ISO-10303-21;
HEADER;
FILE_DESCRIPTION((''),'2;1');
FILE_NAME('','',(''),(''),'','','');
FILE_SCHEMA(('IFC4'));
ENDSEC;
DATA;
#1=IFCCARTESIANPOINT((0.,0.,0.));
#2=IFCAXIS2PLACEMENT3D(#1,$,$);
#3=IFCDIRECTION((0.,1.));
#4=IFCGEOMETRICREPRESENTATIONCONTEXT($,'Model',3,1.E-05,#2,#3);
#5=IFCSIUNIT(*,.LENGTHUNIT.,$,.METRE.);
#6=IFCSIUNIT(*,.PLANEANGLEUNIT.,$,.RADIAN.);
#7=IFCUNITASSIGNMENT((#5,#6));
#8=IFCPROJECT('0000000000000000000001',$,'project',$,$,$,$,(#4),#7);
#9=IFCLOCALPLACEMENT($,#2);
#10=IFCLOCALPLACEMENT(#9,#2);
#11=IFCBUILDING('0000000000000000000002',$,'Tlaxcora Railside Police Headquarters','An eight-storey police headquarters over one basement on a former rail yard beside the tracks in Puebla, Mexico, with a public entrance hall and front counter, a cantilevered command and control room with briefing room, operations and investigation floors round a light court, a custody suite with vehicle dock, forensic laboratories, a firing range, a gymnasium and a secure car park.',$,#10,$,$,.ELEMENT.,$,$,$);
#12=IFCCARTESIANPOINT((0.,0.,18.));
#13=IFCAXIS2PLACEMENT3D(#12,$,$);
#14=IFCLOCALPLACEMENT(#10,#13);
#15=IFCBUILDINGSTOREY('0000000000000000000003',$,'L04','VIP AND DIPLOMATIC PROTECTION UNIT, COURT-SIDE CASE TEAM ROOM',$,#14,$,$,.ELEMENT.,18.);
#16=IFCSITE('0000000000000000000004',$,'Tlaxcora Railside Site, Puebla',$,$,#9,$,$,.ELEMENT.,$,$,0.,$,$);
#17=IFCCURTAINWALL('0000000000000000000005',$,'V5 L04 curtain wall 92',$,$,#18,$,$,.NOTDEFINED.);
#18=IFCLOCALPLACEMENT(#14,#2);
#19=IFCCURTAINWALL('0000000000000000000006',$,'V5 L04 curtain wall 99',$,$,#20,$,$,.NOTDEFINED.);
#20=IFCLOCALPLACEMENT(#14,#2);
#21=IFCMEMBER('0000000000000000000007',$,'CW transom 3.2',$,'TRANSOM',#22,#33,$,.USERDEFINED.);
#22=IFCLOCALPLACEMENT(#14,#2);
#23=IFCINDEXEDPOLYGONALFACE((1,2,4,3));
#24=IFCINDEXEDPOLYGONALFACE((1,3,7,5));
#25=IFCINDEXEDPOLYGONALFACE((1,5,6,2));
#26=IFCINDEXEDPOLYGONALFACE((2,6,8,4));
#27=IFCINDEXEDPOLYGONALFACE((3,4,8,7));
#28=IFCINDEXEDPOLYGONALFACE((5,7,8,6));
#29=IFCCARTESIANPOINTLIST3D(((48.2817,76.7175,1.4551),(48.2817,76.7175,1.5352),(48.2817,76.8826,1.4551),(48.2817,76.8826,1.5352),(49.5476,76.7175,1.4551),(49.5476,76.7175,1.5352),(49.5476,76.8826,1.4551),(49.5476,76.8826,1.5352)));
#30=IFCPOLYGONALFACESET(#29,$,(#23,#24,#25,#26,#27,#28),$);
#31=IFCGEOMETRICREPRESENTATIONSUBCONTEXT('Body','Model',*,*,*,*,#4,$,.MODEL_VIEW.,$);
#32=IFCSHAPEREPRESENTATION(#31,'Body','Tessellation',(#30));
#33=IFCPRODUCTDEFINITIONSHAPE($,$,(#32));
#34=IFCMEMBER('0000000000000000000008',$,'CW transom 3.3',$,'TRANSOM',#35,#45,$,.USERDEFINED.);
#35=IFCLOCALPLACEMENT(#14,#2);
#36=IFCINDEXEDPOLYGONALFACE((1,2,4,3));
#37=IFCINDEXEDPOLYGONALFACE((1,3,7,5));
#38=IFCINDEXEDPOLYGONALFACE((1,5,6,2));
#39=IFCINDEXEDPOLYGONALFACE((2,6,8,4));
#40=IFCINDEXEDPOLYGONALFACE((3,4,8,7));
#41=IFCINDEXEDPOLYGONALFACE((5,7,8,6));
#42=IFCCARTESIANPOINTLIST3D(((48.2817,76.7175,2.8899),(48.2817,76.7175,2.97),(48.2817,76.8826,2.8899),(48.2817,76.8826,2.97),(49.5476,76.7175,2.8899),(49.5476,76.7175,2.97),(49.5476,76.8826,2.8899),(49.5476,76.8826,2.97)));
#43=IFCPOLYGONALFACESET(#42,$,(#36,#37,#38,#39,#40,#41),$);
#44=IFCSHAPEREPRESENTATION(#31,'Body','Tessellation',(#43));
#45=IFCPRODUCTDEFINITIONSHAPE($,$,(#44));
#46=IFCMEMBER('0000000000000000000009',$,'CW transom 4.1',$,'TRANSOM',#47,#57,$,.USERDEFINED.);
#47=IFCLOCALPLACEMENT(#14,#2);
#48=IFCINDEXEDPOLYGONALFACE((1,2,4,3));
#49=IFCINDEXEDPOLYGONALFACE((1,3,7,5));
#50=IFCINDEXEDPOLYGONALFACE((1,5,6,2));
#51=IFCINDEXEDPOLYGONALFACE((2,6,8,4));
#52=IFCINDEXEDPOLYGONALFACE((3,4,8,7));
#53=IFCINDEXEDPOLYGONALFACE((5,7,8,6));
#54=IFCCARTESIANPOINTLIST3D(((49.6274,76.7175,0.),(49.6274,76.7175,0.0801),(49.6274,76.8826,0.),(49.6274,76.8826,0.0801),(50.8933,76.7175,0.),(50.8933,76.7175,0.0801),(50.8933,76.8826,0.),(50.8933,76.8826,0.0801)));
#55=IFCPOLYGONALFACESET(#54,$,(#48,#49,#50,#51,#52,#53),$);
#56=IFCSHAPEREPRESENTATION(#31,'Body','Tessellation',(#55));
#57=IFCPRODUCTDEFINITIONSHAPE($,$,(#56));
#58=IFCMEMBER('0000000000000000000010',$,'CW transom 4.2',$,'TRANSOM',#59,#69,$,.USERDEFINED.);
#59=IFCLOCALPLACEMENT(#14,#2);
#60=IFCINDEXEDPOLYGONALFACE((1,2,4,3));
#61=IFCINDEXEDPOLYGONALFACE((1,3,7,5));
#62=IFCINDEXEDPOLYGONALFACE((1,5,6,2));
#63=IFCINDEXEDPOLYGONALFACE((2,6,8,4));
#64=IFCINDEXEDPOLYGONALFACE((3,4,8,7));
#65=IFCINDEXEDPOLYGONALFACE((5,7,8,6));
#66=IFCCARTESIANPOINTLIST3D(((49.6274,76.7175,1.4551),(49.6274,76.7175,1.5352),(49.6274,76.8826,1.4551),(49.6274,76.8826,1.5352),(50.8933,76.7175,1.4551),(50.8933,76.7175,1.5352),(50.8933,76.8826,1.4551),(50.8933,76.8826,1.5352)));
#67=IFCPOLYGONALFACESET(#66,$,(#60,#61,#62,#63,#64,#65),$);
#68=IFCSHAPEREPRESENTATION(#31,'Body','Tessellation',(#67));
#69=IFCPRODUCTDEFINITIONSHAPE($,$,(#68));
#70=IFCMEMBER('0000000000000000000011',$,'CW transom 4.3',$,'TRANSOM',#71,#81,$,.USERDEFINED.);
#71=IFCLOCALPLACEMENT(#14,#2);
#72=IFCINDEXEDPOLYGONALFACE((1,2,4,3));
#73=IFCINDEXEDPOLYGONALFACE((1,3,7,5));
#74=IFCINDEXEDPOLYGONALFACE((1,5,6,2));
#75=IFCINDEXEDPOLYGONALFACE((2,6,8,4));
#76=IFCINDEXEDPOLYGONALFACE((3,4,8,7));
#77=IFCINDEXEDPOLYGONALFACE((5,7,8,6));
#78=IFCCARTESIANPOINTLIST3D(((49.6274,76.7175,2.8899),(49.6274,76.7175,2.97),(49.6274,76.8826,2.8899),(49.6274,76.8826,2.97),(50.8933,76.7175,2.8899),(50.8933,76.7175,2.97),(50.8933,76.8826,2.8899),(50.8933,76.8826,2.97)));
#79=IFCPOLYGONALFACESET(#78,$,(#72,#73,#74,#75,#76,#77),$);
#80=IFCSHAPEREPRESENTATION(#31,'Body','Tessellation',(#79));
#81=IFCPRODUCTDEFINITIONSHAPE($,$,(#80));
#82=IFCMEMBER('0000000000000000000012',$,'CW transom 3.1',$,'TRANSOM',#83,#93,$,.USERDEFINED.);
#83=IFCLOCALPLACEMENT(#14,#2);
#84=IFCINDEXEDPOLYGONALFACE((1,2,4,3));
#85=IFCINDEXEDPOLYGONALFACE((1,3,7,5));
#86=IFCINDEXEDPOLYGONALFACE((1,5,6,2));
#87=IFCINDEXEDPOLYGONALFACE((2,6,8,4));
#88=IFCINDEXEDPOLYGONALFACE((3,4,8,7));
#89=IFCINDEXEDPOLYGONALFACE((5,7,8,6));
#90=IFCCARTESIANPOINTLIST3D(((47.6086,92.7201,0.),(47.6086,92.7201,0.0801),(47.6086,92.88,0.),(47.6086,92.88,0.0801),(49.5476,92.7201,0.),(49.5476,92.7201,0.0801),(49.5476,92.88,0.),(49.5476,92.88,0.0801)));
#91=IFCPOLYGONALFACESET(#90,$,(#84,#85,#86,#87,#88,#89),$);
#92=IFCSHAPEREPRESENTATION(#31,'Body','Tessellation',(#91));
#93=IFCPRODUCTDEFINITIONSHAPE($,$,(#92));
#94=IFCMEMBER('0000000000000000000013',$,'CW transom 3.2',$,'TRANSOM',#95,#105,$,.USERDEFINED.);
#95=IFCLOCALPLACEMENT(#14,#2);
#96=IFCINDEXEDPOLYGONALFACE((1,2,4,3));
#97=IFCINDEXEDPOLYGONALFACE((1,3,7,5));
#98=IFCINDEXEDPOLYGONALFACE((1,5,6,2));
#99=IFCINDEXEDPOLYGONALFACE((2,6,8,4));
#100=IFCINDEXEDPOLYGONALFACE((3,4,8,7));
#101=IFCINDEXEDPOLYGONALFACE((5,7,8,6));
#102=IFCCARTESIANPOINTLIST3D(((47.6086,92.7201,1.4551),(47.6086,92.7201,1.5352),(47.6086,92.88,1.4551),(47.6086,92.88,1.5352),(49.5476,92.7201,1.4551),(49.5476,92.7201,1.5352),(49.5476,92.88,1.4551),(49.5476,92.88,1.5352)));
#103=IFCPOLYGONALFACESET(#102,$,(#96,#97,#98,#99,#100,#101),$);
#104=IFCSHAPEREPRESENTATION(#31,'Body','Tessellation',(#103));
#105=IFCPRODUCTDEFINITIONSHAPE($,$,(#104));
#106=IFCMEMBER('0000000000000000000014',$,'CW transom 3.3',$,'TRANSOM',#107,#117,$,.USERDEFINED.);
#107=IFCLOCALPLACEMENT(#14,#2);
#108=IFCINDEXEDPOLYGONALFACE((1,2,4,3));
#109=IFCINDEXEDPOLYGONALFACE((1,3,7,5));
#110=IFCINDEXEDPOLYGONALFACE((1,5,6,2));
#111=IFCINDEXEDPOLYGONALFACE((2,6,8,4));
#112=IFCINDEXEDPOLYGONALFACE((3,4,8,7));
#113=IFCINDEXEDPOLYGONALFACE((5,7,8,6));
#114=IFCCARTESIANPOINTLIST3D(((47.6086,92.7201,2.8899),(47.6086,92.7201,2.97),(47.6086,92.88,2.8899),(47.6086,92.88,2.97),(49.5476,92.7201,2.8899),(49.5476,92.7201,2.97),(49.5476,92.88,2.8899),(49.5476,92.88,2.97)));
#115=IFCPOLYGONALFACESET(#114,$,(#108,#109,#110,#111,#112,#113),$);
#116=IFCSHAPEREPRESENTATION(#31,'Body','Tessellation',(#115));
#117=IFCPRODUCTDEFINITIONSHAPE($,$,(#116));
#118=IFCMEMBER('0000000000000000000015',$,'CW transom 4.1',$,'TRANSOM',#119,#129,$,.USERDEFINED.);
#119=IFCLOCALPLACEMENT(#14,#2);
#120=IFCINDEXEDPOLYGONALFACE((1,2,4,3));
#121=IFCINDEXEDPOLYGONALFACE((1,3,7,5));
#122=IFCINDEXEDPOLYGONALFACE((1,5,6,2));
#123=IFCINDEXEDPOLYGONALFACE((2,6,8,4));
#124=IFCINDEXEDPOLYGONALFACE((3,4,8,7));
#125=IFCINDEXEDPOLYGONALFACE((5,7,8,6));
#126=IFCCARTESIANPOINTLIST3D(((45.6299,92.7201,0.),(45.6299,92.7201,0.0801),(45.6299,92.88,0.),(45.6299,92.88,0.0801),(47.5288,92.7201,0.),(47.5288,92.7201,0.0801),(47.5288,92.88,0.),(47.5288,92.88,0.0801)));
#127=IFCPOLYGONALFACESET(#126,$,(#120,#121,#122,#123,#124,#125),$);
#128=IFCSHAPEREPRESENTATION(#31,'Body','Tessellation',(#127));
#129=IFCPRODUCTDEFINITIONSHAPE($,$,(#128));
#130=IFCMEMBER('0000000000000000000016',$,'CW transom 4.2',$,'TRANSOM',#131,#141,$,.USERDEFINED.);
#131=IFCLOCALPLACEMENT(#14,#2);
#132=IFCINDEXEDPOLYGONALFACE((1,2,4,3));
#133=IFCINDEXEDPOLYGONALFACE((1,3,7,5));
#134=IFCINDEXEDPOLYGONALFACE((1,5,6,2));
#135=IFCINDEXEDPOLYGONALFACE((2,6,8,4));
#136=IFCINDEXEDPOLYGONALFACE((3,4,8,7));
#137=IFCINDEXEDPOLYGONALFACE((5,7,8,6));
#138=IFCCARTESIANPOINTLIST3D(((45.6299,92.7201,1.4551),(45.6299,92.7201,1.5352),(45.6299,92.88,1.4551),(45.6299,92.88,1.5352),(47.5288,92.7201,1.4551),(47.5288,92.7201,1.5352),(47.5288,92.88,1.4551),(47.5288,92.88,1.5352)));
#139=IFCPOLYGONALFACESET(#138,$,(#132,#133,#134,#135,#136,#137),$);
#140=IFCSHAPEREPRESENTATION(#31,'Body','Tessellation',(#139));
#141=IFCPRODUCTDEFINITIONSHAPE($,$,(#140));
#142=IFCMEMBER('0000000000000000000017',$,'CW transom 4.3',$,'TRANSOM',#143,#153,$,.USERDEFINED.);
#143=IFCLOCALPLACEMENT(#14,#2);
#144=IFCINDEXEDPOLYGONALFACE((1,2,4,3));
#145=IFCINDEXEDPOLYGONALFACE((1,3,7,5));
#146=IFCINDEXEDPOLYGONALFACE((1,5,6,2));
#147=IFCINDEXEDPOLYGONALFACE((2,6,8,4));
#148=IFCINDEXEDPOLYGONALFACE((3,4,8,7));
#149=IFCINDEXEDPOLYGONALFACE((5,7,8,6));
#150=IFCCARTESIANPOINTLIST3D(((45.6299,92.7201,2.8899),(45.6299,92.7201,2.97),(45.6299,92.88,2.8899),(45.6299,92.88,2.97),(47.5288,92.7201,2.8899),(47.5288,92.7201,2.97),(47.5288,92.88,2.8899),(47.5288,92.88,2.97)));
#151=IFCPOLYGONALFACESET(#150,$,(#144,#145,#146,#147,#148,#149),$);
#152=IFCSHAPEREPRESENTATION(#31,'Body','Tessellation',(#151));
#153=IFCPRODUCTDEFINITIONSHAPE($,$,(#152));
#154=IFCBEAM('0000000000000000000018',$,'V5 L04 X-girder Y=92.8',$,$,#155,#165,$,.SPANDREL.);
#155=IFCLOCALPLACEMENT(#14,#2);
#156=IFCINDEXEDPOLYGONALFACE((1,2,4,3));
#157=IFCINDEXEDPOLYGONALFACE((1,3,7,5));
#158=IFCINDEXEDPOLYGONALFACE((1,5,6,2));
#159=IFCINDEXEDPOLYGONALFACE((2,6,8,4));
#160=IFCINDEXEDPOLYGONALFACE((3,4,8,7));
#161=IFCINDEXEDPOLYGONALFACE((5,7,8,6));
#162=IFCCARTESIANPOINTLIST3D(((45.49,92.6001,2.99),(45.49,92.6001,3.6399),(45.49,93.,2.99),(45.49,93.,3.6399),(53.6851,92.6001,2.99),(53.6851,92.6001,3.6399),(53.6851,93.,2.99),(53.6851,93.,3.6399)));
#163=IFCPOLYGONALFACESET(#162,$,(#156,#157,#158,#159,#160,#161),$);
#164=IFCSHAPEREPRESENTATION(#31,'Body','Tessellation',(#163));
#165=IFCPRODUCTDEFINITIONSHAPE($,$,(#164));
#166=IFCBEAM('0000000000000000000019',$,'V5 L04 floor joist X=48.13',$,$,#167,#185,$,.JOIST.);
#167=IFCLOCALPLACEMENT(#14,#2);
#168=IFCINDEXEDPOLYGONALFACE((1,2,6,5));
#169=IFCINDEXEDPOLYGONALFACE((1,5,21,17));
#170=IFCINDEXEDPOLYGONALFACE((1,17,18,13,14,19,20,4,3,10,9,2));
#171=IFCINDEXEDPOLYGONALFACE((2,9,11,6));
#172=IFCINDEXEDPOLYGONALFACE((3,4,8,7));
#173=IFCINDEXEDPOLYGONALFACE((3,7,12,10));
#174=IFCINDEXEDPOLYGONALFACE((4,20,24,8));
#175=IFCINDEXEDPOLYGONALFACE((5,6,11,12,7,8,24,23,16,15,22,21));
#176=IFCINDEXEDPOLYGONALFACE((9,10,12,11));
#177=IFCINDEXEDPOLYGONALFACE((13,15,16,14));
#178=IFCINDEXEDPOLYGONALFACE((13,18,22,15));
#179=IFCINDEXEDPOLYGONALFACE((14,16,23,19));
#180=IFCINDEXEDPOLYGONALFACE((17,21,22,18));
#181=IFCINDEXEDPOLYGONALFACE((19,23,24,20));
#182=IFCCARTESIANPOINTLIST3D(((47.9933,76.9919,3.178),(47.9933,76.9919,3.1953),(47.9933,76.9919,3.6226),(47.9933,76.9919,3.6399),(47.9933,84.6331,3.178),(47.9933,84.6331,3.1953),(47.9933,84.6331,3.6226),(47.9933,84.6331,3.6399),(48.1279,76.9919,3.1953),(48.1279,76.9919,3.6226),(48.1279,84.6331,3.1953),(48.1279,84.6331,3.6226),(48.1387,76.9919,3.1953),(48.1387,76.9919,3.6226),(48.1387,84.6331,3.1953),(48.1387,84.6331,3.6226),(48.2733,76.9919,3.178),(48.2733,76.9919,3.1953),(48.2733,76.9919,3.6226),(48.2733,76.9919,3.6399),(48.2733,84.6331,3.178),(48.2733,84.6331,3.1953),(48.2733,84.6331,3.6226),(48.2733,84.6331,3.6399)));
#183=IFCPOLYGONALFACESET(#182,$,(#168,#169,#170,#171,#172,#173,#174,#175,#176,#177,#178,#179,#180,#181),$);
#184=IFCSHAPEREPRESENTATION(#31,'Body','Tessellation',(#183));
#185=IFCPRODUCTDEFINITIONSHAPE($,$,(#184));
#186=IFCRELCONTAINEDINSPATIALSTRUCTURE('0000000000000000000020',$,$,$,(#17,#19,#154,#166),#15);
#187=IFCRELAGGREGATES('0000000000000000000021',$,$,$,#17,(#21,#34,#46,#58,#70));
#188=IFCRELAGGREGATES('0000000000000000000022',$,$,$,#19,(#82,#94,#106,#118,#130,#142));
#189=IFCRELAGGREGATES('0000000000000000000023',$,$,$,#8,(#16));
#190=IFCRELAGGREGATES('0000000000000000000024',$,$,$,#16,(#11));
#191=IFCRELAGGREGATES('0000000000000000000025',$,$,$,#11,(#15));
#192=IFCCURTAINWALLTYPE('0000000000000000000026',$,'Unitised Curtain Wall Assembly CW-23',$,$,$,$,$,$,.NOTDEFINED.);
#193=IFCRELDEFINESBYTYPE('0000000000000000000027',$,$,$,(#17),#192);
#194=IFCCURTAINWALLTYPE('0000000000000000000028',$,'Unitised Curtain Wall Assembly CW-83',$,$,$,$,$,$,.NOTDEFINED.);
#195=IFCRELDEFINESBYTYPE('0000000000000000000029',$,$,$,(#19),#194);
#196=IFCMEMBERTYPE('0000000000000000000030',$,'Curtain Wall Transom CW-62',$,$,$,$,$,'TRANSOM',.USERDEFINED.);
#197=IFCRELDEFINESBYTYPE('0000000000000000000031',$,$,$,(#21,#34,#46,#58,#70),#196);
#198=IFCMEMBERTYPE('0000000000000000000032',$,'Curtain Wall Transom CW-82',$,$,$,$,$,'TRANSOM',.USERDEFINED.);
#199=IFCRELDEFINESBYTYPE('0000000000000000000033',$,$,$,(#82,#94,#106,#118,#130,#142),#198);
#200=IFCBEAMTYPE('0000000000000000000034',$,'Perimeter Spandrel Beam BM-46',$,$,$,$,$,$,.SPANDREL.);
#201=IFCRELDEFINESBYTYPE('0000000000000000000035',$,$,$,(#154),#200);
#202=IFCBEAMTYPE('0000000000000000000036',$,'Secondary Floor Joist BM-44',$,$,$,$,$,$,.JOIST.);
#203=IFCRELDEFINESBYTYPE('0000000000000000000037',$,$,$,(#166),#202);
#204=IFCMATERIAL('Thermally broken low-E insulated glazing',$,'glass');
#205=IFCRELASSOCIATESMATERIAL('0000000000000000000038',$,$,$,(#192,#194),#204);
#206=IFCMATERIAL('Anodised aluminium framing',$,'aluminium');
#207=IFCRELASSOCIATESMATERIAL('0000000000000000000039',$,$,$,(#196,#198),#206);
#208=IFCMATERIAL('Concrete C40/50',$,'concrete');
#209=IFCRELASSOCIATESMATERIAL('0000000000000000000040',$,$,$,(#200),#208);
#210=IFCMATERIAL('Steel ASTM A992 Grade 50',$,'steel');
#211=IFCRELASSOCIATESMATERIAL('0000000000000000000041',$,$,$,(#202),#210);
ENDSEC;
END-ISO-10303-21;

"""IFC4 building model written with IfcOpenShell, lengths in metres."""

from ifc_helpers import new_model, si_unit, direction, frame, origin, origin_2d, place, context, subcontext, project, spatial, rectangle, i_section, extrude, material, material_profile, profile_set, type_object, element, aggregate, save


model = new_model("IFC4")

# Units and contexts
model_context = context("Model", 3, precision=1e-05, world=origin(), true_north=direction((0.0, 1.0)))
body_context = subcontext(model_context, "Body", "Model", "MODEL_VIEW")
ifc_project = project(units=[si_unit("LENGTHUNIT", "METRE"), si_unit("PLANEANGLEUNIT", "RADIAN")], contexts=[model_context])

# Site, building, storey
site_placement = place(None, origin())
site = spatial("IfcSite", under=ifc_project, at=site_placement, Name="Tlaxcora Railside Site, Puebla", CompositionType="ELEMENT", RefElevation=0.0)
building_placement = place(site_placement, origin())
building = spatial("IfcBuilding", under=site, at=building_placement, Name="Tlaxcora Railside Police Headquarters", Description="An eight-storey police headquarters over one basement on a former rail yard beside the tracks in Puebla, Mexico, with a public entrance hall and front counter, a cantilevered command and control room with briefing room, operations and investigation floors round a light court, a custody suite with vehicle dock, forensic laboratories, a firing range, a gymnasium and a secure car park.", CompositionType="ELEMENT")
storey_placement = place(building_placement, frame((0.0, 0.0, 18.0)))
storey = spatial("IfcBuildingStorey", under=building, at=storey_placement, Name="L04", Description="VIP AND DIPLOMATIC PROTECTION UNIT, COURT-SIDE CASE TEAM ROOM", CompositionType="ELEMENT", Elevation=18.0)

# Curtain walls
ifc_material_1 = material(Name="Thermally broken low-E insulated glazing", Category="glass")
curtain_wall_type_1 = type_object("IfcCurtainWallType", Name="Unitised Curtain Wall Assembly CW-23", PredefinedType="NOTDEFINED", material=ifc_material_1)
curtain_wall_1_placement = place(storey_placement, origin())
curtain_wall_1 = element("IfcCurtainWall", 1, at=curtain_wall_1_placement, inside=storey, type_object=curtain_wall_type_1, Name="V5 L04 curtain wall 92", PredefinedType="NOTDEFINED")
ifc_material_2 = material(Name="Anodised aluminium framing", Category="aluminium")
curtain_wall_type_2 = type_object("IfcCurtainWallType", Name="Unitised Curtain Wall Assembly CW-83", PredefinedType="NOTDEFINED", material=ifc_material_1)
curtain_wall_2_placement = place(storey_placement, origin())
curtain_wall_2 = element("IfcCurtainWall", 2, at=curtain_wall_2_placement, inside=storey, type_object=curtain_wall_type_2, Name="V5 L04 curtain wall 99", PredefinedType="NOTDEFINED")

# Members
ifc_material_profile_1 = material_profile(ifc_material_2, rectangle(XDim=0.165, YDim=0.0801, at=origin_2d()), Name="AL80X165")
ifc_profile_set_1 = profile_set([ifc_material_profile_1], Name="Anodised aluminium framing")
member_type_1 = type_object("IfcMemberType", Name="Curtain Wall Transom CW-62", ElementType="TRANSOM", PredefinedType="USERDEFINED", material=ifc_profile_set_1)
member_1_placement = place(storey_placement, frame((48.2817, 76.8, 1.4951), z_axis=(1.0, 0.0, 0.0), x_axis=(0.0, 1.0, 0.0)))
member_1 = element("IfcMember", 3, at=member_1_placement, type_object=member_type_1, Name="CW transom 3.2", ObjectType="TRANSOM", PredefinedType="USERDEFINED", context=body_context, shape_type="SweptSolid", body=[
    extrude(rectangle(XDim=0.165, YDim=0.0801, at=origin_2d()), origin(), (0.0, 0.0, 1.0), 1.2659),
])
member_2_placement = place(storey_placement, frame((48.2817, 76.8, 2.9299), z_axis=(1.0, 0.0, 0.0), x_axis=(0.0, 1.0, 0.0)))
member_2 = element("IfcMember", 4, at=member_2_placement, type_object=member_type_1, Name="CW transom 3.3", ObjectType="TRANSOM", PredefinedType="USERDEFINED", context=body_context, shape_type="SweptSolid", body=[
    extrude(rectangle(XDim=0.165, YDim=0.0801, at=origin_2d()), origin(), (0.0, 0.0, 1.0), 1.2659),
])
member_3_placement = place(storey_placement, frame((49.6274, 76.8, 0.04), z_axis=(1.0, 0.0, 0.0), x_axis=(0.0, 1.0, 0.0)))
member_3 = element("IfcMember", 5, at=member_3_placement, type_object=member_type_1, Name="CW transom 4.1", ObjectType="TRANSOM", PredefinedType="USERDEFINED", context=body_context, shape_type="SweptSolid", body=[
    extrude(rectangle(XDim=0.165, YDim=0.0801, at=origin_2d()), origin(), (0.0, 0.0, 1.0), 1.2659),
])
member_4_placement = place(storey_placement, frame((49.6274, 76.8, 1.4951), z_axis=(1.0, 0.0, 0.0), x_axis=(0.0, 1.0, 0.0)))
member_4 = element("IfcMember", 6, at=member_4_placement, type_object=member_type_1, Name="CW transom 4.2", ObjectType="TRANSOM", PredefinedType="USERDEFINED", context=body_context, shape_type="SweptSolid", body=[
    extrude(rectangle(XDim=0.165, YDim=0.0801, at=origin_2d()), origin(), (0.0, 0.0, 1.0), 1.2659),
])
member_5_placement = place(storey_placement, frame((49.6274, 76.8, 2.9299), z_axis=(1.0, 0.0, 0.0), x_axis=(0.0, 1.0, 0.0)))
member_5 = element("IfcMember", 7, at=member_5_placement, type_object=member_type_1, Name="CW transom 4.3", ObjectType="TRANSOM", PredefinedType="USERDEFINED", context=body_context, shape_type="SweptSolid", body=[
    extrude(rectangle(XDim=0.165, YDim=0.0801, at=origin_2d()), origin(), (0.0, 0.0, 1.0), 1.2659),
])
ifc_material_profile_2 = material_profile(ifc_material_2, rectangle(XDim=0.1599, YDim=0.0801, at=origin_2d()), Name="AL80X160")
ifc_profile_set_2 = profile_set([ifc_material_profile_2], Name="Anodised aluminium framing")
member_type_2 = type_object("IfcMemberType", Name="Curtain Wall Transom CW-82", ElementType="TRANSOM", PredefinedType="USERDEFINED", material=ifc_profile_set_2)
member_6_placement = place(storey_placement, frame((49.5476, 92.8, 0.04), z_axis=(-1.0, 0.0, 0.0), x_axis=(0.0, -1.0, 0.0)))
member_6 = element("IfcMember", 8, at=member_6_placement, type_object=member_type_2, Name="CW transom 3.1", ObjectType="TRANSOM", PredefinedType="USERDEFINED", context=body_context, shape_type="SweptSolid", body=[
    extrude(rectangle(XDim=0.1599, YDim=0.0801, at=origin_2d()), origin(), (0.0, 0.0, 1.0), 1.939),
])
member_7_placement = place(storey_placement, frame((49.5476, 92.8, 1.4951), z_axis=(-1.0, 0.0, 0.0), x_axis=(0.0, -1.0, 0.0)))
member_7 = element("IfcMember", 9, at=member_7_placement, type_object=member_type_2, Name="CW transom 3.2", ObjectType="TRANSOM", PredefinedType="USERDEFINED", context=body_context, shape_type="SweptSolid", body=[
    extrude(rectangle(XDim=0.1599, YDim=0.0801, at=origin_2d()), origin(), (0.0, 0.0, 1.0), 1.939),
])
member_8_placement = place(storey_placement, frame((49.5476, 92.8, 2.9299), z_axis=(-1.0, 0.0, 0.0), x_axis=(0.0, -1.0, 0.0)))
member_8 = element("IfcMember", 10, at=member_8_placement, type_object=member_type_2, Name="CW transom 3.3", ObjectType="TRANSOM", PredefinedType="USERDEFINED", context=body_context, shape_type="SweptSolid", body=[
    extrude(rectangle(XDim=0.1599, YDim=0.0801, at=origin_2d()), origin(), (0.0, 0.0, 1.0), 1.939),
])
member_9_placement = place(storey_placement, frame((47.5288, 92.8, 0.04), z_axis=(-1.0, 0.0, 0.0), x_axis=(0.0, -1.0, 0.0)))
member_9 = element("IfcMember", 11, at=member_9_placement, type_object=member_type_2, Name="CW transom 4.1", ObjectType="TRANSOM", PredefinedType="USERDEFINED", context=body_context, shape_type="SweptSolid", body=[
    extrude(rectangle(XDim=0.1599, YDim=0.0801, at=origin_2d()), origin(), (0.0, 0.0, 1.0), 1.8989),
])
member_10_placement = place(storey_placement, frame((47.5288, 92.8, 1.4951), z_axis=(-1.0, 0.0, 0.0), x_axis=(0.0, -1.0, 0.0)))
member_10 = element("IfcMember", 12, at=member_10_placement, type_object=member_type_2, Name="CW transom 4.2", ObjectType="TRANSOM", PredefinedType="USERDEFINED", context=body_context, shape_type="SweptSolid", body=[
    extrude(rectangle(XDim=0.1599, YDim=0.0801, at=origin_2d()), origin(), (0.0, 0.0, 1.0), 1.8989),
])
member_11_placement = place(storey_placement, frame((47.5288, 92.8, 2.9299), z_axis=(-1.0, 0.0, 0.0), x_axis=(0.0, -1.0, 0.0)))
member_11 = element("IfcMember", 13, at=member_11_placement, type_object=member_type_2, Name="CW transom 4.3", ObjectType="TRANSOM", PredefinedType="USERDEFINED", context=body_context, shape_type="SweptSolid", body=[
    extrude(rectangle(XDim=0.1599, YDim=0.0801, at=origin_2d()), origin(), (0.0, 0.0, 1.0), 1.8989),
])

# Beams
ifc_material_3 = material(Name="Concrete C40/50", Category="concrete")
ifc_material_profile_3 = material_profile(ifc_material_3, rectangle(XDim=0.3999, YDim=0.6499, at=origin_2d()), Name="RC400X650")
ifc_profile_set_3 = profile_set([ifc_material_profile_3], Name="Concrete C40/50")
beam_type_1 = type_object("IfcBeamType", Name="Perimeter Spandrel Beam BM-46", PredefinedType="SPANDREL", material=ifc_profile_set_3)
beam_1_placement = place(storey_placement, frame((45.49, 92.8, 3.3149), z_axis=(1.0, 0.0, 0.0), x_axis=(0.0, 1.0, 0.0)))
element("IfcBeam", 14, at=beam_1_placement, inside=storey, type_object=beam_type_1, Name="V5 L04 X-girder Y=92.8", PredefinedType="SPANDREL", context=body_context, shape_type="SweptSolid", body=[
    extrude(rectangle(XDim=0.3999, YDim=0.6499, at=origin_2d()), origin(), (0.0, 0.0, 1.0), 8.1951),
])
ifc_material_4 = material(Name="Steel ASTM A992 Grade 50", Category="steel")
ifc_material_profile_4 = material_profile(ifc_material_4, i_section(OverallWidth=0.28, OverallDepth=0.4619, WebThickness=0.0107, FlangeThickness=0.0173, at=origin_2d()), Name="W18X76")
ifc_profile_set_4 = profile_set([ifc_material_profile_4], Name="Steel ASTM A992 Grade 50")
beam_type_2 = type_object("IfcBeamType", Name="Secondary Floor Joist BM-44", PredefinedType="JOIST", material=ifc_profile_set_4)
beam_2_placement = place(storey_placement, frame((48.1333, 76.9919, 3.4089), z_axis=(0.0, 1.0, 0.0), x_axis=(-1.0, 0.0, 0.0)))
element("IfcBeam", 15, at=beam_2_placement, inside=storey, type_object=beam_type_2, Name="V5 L04 floor joist X=48.13", PredefinedType="JOIST", context=body_context, shape_type="SweptSolid", body=[
    extrude(i_section(OverallWidth=0.28, OverallDepth=0.4619, WebThickness=0.0107, FlangeThickness=0.0173, at=origin_2d()), origin(), (0.0, 0.0, 1.0), 7.6411),
])

aggregate(curtain_wall_1, [member_1, member_2, member_3, member_4, member_5])
aggregate(curtain_wall_2, [member_6, member_7, member_8, member_9, member_10, member_11])

save(model, "model.ifc")
